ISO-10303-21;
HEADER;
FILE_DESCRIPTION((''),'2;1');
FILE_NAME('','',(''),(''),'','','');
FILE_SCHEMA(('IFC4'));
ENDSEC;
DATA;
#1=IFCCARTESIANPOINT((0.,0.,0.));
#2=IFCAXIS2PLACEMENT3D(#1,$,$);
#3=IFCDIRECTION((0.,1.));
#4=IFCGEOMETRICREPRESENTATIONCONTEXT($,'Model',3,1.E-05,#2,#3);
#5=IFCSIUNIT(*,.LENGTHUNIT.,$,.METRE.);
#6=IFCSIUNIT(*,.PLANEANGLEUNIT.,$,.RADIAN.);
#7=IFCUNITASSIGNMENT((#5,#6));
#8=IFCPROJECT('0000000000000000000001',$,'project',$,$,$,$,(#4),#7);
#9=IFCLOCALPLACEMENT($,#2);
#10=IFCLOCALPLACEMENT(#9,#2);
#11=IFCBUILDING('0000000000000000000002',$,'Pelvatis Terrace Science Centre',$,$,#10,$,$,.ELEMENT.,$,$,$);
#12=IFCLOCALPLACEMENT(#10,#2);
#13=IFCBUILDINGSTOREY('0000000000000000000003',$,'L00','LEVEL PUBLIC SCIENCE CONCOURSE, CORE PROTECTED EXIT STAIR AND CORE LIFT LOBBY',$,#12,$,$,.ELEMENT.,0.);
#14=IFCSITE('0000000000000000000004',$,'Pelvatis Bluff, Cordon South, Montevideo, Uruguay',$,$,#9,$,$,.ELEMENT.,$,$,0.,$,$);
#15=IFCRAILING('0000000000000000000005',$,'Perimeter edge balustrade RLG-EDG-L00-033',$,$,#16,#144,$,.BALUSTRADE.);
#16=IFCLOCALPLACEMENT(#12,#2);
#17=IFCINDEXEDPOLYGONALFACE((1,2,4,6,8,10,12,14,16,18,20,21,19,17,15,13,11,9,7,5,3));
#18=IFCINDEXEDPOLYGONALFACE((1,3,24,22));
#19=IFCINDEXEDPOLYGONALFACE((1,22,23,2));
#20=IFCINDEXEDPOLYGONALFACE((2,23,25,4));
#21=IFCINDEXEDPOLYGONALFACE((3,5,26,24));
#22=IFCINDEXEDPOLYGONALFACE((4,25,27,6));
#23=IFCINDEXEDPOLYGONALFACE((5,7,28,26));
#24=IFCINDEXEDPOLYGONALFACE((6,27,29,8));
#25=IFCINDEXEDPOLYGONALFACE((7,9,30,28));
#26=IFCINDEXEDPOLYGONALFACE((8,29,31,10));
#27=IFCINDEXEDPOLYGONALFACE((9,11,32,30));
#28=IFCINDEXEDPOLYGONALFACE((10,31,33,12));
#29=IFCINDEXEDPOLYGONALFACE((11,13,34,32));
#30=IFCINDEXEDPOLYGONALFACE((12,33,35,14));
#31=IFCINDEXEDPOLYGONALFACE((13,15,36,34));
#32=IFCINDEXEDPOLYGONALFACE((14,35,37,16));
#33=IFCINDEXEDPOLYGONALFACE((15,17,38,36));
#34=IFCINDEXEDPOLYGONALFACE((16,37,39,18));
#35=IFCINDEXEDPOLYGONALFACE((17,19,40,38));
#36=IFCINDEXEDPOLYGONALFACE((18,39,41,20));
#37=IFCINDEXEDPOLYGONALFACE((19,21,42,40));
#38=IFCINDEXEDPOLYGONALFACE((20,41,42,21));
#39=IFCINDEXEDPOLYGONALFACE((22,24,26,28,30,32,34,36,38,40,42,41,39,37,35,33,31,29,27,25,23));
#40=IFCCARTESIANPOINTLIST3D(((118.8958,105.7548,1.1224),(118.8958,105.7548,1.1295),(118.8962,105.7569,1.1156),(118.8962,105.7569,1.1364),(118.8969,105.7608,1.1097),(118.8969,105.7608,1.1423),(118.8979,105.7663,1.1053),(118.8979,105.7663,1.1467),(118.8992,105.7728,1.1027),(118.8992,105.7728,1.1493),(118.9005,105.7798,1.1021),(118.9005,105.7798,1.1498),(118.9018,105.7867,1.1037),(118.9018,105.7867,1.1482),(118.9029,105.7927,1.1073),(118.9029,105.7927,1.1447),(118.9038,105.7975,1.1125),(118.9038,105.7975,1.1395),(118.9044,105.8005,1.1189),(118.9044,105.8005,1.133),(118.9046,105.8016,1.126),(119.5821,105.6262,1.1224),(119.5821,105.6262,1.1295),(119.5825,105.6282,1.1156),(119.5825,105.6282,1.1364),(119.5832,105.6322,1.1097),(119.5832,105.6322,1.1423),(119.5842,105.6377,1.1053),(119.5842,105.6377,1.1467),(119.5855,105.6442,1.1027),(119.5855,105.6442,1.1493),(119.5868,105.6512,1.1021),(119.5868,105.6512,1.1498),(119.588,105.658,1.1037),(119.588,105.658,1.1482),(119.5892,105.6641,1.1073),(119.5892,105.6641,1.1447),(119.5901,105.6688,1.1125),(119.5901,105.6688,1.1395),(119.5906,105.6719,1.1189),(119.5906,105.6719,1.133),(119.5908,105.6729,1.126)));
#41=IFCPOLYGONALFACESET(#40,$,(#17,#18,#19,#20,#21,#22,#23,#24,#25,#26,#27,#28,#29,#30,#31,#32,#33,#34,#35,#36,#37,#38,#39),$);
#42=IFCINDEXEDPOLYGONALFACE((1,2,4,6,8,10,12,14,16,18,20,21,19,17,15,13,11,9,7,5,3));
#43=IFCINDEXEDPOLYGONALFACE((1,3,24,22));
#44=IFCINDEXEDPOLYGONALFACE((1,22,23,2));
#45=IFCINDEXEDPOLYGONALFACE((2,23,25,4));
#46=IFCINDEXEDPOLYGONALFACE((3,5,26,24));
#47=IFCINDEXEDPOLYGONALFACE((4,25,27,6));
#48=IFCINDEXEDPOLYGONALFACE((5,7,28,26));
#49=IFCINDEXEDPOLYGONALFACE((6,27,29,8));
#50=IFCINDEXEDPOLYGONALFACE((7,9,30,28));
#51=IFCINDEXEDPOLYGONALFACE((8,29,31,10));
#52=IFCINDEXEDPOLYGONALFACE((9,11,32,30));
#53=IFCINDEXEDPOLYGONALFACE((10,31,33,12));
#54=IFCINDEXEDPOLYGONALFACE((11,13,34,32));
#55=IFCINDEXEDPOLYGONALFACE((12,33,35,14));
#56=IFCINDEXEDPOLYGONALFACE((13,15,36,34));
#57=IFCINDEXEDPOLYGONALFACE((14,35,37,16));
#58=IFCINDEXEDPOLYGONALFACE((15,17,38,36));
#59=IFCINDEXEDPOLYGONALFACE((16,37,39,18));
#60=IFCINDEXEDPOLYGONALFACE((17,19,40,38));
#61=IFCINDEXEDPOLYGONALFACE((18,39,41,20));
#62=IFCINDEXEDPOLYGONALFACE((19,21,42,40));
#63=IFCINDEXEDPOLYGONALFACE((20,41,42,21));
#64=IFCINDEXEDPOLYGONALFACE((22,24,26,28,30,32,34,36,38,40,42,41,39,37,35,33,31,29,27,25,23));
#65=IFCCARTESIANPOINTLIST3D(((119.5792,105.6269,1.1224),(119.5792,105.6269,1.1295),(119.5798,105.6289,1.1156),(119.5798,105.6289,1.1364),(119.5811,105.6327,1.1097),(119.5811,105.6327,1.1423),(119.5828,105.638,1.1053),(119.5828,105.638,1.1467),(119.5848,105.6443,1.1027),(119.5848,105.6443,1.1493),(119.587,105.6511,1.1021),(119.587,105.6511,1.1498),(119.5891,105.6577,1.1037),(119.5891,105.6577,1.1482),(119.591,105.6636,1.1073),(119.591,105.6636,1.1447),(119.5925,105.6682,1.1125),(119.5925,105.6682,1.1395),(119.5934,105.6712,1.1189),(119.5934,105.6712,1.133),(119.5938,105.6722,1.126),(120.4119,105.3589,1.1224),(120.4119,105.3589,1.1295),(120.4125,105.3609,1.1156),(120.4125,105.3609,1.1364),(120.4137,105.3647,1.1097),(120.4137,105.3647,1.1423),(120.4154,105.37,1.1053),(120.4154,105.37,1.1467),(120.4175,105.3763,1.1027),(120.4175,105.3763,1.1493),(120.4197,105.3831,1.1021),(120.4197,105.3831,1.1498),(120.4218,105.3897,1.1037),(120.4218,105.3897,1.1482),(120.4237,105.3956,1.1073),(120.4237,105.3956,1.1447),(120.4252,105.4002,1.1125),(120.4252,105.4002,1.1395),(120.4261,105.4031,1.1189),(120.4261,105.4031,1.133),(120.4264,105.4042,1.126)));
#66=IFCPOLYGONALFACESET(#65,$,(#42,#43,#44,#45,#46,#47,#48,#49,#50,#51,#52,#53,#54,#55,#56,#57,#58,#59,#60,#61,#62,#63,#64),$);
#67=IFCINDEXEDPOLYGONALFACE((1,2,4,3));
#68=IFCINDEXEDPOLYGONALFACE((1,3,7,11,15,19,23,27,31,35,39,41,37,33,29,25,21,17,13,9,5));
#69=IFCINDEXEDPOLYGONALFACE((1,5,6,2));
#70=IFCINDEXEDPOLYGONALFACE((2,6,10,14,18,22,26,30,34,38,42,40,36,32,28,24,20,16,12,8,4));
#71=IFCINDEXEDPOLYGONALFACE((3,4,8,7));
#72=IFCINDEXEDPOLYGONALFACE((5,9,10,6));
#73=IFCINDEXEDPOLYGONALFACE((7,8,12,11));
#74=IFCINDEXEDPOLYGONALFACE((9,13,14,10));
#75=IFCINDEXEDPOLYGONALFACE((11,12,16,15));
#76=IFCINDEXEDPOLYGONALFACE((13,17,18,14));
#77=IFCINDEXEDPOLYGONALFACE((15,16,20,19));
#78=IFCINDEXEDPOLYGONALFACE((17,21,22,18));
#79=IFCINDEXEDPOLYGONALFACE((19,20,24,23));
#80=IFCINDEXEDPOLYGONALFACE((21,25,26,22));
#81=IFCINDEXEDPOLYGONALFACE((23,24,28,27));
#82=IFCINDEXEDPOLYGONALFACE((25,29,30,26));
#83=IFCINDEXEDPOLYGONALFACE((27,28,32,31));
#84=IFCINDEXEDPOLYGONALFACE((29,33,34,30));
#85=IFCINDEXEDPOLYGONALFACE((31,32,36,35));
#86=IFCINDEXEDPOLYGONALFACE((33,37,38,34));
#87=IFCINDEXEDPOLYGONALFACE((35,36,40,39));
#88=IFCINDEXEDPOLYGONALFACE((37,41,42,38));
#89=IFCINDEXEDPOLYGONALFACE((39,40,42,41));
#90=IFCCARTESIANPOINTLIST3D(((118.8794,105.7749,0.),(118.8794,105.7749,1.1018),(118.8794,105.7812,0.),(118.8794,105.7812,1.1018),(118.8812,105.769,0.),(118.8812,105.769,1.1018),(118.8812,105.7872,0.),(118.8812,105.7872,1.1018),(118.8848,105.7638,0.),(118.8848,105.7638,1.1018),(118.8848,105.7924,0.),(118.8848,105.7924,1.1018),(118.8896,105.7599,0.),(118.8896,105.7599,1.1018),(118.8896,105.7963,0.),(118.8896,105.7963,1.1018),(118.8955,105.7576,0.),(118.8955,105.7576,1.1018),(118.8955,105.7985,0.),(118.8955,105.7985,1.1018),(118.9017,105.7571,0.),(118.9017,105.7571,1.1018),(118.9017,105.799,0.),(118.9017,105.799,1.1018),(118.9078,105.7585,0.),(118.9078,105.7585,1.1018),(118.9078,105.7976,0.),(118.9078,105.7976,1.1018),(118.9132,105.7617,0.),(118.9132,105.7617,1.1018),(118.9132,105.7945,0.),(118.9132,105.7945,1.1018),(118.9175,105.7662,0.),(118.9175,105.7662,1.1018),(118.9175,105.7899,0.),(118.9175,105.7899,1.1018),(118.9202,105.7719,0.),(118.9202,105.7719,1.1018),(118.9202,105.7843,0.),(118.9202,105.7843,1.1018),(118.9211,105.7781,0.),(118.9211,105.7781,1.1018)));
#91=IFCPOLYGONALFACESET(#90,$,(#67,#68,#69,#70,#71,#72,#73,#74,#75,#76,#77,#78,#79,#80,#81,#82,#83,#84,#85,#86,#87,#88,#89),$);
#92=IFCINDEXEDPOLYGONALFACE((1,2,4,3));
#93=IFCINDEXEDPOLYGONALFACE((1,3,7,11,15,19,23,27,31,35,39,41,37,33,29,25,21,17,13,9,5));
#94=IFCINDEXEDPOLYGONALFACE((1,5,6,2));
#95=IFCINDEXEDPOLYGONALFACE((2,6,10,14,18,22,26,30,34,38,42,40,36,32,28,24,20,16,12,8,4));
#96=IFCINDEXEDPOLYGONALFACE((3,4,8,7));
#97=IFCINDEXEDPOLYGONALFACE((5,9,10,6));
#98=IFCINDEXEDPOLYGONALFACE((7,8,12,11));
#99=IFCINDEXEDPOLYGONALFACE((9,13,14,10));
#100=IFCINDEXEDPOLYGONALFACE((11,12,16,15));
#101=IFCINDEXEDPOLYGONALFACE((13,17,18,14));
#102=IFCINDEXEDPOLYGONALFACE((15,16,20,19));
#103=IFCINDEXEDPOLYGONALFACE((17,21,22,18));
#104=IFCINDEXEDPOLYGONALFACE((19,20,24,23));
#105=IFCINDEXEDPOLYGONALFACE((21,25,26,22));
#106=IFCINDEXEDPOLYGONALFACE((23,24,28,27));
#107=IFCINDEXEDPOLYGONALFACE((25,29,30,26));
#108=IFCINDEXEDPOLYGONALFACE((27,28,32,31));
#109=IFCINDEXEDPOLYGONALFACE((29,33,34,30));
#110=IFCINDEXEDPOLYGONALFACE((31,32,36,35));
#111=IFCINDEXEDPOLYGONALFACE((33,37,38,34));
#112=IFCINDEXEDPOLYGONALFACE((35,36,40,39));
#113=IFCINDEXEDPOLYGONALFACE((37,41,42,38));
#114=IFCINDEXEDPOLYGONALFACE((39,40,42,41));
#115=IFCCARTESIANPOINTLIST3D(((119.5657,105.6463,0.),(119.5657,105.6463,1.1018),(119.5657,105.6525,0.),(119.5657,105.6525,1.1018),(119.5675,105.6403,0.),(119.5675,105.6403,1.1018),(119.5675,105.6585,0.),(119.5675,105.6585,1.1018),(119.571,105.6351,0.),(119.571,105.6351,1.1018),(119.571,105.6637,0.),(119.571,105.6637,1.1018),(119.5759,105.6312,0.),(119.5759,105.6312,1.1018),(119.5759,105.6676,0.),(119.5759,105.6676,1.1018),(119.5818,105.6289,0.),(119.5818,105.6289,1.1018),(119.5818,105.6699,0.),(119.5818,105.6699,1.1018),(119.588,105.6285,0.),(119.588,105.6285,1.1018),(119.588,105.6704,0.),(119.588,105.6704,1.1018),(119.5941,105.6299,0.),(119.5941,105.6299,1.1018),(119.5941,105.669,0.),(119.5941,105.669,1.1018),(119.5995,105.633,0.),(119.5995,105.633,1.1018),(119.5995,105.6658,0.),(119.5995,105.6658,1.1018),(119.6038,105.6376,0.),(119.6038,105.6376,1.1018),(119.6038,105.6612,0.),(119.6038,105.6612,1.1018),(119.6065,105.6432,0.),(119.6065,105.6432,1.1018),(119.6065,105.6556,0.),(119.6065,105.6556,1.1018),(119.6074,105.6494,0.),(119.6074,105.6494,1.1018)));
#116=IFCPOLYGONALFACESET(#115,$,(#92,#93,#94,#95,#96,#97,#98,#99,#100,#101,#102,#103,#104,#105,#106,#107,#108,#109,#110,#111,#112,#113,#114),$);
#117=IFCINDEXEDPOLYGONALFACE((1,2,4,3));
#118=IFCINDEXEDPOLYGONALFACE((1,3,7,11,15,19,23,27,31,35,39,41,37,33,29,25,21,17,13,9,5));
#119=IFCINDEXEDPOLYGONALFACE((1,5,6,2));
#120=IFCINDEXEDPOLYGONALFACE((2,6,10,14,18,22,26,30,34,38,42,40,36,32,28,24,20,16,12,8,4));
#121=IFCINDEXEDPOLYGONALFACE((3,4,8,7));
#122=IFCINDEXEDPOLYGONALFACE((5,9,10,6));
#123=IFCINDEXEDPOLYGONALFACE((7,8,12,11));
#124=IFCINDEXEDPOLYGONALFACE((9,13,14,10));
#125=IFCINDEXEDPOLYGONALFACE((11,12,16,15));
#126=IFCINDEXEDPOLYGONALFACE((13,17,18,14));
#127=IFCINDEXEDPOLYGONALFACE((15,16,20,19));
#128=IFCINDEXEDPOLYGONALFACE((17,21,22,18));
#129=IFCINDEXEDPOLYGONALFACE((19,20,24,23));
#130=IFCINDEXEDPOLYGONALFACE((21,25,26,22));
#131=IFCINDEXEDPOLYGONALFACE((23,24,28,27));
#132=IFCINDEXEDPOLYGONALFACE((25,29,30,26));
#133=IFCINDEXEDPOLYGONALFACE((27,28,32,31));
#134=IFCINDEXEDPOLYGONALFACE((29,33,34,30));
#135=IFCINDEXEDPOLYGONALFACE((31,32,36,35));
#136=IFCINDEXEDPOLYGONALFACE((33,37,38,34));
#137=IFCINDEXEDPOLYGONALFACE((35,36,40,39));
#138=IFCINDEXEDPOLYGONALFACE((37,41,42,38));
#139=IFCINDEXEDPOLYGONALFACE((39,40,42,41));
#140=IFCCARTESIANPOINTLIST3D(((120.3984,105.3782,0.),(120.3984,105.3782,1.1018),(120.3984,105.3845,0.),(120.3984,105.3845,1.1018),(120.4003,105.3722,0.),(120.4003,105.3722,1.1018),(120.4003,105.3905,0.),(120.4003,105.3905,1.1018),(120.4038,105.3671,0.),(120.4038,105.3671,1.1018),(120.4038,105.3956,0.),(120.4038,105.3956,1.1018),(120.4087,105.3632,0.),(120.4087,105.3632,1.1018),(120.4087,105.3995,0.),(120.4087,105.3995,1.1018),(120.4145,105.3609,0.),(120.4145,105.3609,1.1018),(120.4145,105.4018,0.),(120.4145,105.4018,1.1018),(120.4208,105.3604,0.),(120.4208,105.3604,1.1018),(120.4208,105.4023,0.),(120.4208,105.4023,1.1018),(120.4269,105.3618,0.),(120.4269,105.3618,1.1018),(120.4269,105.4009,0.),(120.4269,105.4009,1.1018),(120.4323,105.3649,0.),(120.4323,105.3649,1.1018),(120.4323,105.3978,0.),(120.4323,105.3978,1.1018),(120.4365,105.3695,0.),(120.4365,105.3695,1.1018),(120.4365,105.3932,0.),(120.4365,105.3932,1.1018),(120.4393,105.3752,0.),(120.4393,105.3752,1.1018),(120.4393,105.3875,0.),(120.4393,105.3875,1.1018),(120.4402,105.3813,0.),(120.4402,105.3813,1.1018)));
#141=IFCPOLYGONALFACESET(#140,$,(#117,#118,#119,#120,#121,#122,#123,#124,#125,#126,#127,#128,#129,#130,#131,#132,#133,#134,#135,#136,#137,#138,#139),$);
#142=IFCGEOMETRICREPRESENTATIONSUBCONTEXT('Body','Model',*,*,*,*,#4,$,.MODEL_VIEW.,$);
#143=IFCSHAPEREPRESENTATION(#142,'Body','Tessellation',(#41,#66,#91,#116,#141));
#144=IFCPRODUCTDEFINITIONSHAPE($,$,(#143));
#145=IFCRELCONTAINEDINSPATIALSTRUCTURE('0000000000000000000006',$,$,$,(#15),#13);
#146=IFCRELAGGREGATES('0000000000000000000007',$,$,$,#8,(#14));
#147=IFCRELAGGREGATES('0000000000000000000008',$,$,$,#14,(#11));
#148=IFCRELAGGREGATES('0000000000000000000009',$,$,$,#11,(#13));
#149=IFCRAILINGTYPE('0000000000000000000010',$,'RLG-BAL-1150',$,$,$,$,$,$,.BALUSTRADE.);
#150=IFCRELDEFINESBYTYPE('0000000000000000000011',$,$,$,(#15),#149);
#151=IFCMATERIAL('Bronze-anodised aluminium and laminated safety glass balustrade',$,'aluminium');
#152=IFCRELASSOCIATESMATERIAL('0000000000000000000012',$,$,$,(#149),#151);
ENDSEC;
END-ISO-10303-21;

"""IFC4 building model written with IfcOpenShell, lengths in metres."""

from ifc_helpers import new_model, si_unit, direction, frame, origin, origin_2d, place, context, subcontext, project, spatial, circle, extrude, material, type_object, element, save


model = new_model("IFC4")

# Units and contexts
model_context = context("Model", 3, precision=1e-05, world=origin(), true_north=direction((0.0, 1.0)))
body_context = subcontext(model_context, "Body", "Model", "MODEL_VIEW")
ifc_project = project(units=[si_unit("LENGTHUNIT", "METRE"), si_unit("PLANEANGLEUNIT", "RADIAN")], contexts=[model_context])

# Site, building, storey
site_placement = place(None, origin())
site = spatial("IfcSite", under=ifc_project, at=site_placement, Name="Pelvatis Bluff, Cordon South, Montevideo, Uruguay", CompositionType="ELEMENT", RefElevation=0.0)
building_placement = place(site_placement, origin())
building = spatial("IfcBuilding", under=site, at=building_placement, Name="Pelvatis Terrace Science Centre", CompositionType="ELEMENT")
storey_placement = place(building_placement, origin())
storey = spatial("IfcBuildingStorey", under=building, at=storey_placement, Name="L00", Description="LEVEL PUBLIC SCIENCE CONCOURSE, CORE PROTECTED EXIT STAIR AND CORE LIFT LOBBY", CompositionType="ELEMENT", Elevation=0.0)

# Railing
ifc_material_1 = material(Name="Bronze-anodised aluminium and laminated safety glass balustrade", Category="aluminium")
railing_type = type_object("IfcRailingType", Name="RLG-BAL-1150", PredefinedType="BALUSTRADE", material=ifc_material_1)
railing_placement = place(storey_placement, frame((118.9001, 105.7781, 0.0)))
element("IfcRailing", 1, at=railing_placement, inside=storey, type_object=railing_type, Name="Perimeter edge balustrade RLG-EDG-L00-033", PredefinedType="BALUSTRADE", context=body_context, shape_type="SweptSolid", body=[
    extrude(circle(Radius=0.0239, at=origin_2d()), frame((0.0, 0.0, 1.126), z_axis=(0.982876, -0.184267, 0.0), x_axis=(0.184267, 0.982876, 0.0)), (0.0, 0.0, 1.0), 0.6982),
    extrude(circle(Radius=0.0239, at=origin_2d()), frame((0.6863, -0.1287, 1.126), z_axis=(0.951898, -0.306416, 0.0), x_axis=(0.306416, 0.951898, 0.0)), (0.0, 0.0, 1.0), 0.8748),
    extrude(circle(Radius=0.021, at=origin_2d()), origin(), (0.0, 0.0, 1.0), 1.1018),
    extrude(circle(Radius=0.021, at=origin_2d()), frame((0.6863, -0.1287, 0.0)), (0.0, 0.0, 1.0), 1.1018),
    extrude(circle(Radius=0.021, at=origin_2d()), frame((1.519, -0.3967, 0.0)), (0.0, 0.0, 1.0), 1.1018),
])

save(model, "model.ifc")
